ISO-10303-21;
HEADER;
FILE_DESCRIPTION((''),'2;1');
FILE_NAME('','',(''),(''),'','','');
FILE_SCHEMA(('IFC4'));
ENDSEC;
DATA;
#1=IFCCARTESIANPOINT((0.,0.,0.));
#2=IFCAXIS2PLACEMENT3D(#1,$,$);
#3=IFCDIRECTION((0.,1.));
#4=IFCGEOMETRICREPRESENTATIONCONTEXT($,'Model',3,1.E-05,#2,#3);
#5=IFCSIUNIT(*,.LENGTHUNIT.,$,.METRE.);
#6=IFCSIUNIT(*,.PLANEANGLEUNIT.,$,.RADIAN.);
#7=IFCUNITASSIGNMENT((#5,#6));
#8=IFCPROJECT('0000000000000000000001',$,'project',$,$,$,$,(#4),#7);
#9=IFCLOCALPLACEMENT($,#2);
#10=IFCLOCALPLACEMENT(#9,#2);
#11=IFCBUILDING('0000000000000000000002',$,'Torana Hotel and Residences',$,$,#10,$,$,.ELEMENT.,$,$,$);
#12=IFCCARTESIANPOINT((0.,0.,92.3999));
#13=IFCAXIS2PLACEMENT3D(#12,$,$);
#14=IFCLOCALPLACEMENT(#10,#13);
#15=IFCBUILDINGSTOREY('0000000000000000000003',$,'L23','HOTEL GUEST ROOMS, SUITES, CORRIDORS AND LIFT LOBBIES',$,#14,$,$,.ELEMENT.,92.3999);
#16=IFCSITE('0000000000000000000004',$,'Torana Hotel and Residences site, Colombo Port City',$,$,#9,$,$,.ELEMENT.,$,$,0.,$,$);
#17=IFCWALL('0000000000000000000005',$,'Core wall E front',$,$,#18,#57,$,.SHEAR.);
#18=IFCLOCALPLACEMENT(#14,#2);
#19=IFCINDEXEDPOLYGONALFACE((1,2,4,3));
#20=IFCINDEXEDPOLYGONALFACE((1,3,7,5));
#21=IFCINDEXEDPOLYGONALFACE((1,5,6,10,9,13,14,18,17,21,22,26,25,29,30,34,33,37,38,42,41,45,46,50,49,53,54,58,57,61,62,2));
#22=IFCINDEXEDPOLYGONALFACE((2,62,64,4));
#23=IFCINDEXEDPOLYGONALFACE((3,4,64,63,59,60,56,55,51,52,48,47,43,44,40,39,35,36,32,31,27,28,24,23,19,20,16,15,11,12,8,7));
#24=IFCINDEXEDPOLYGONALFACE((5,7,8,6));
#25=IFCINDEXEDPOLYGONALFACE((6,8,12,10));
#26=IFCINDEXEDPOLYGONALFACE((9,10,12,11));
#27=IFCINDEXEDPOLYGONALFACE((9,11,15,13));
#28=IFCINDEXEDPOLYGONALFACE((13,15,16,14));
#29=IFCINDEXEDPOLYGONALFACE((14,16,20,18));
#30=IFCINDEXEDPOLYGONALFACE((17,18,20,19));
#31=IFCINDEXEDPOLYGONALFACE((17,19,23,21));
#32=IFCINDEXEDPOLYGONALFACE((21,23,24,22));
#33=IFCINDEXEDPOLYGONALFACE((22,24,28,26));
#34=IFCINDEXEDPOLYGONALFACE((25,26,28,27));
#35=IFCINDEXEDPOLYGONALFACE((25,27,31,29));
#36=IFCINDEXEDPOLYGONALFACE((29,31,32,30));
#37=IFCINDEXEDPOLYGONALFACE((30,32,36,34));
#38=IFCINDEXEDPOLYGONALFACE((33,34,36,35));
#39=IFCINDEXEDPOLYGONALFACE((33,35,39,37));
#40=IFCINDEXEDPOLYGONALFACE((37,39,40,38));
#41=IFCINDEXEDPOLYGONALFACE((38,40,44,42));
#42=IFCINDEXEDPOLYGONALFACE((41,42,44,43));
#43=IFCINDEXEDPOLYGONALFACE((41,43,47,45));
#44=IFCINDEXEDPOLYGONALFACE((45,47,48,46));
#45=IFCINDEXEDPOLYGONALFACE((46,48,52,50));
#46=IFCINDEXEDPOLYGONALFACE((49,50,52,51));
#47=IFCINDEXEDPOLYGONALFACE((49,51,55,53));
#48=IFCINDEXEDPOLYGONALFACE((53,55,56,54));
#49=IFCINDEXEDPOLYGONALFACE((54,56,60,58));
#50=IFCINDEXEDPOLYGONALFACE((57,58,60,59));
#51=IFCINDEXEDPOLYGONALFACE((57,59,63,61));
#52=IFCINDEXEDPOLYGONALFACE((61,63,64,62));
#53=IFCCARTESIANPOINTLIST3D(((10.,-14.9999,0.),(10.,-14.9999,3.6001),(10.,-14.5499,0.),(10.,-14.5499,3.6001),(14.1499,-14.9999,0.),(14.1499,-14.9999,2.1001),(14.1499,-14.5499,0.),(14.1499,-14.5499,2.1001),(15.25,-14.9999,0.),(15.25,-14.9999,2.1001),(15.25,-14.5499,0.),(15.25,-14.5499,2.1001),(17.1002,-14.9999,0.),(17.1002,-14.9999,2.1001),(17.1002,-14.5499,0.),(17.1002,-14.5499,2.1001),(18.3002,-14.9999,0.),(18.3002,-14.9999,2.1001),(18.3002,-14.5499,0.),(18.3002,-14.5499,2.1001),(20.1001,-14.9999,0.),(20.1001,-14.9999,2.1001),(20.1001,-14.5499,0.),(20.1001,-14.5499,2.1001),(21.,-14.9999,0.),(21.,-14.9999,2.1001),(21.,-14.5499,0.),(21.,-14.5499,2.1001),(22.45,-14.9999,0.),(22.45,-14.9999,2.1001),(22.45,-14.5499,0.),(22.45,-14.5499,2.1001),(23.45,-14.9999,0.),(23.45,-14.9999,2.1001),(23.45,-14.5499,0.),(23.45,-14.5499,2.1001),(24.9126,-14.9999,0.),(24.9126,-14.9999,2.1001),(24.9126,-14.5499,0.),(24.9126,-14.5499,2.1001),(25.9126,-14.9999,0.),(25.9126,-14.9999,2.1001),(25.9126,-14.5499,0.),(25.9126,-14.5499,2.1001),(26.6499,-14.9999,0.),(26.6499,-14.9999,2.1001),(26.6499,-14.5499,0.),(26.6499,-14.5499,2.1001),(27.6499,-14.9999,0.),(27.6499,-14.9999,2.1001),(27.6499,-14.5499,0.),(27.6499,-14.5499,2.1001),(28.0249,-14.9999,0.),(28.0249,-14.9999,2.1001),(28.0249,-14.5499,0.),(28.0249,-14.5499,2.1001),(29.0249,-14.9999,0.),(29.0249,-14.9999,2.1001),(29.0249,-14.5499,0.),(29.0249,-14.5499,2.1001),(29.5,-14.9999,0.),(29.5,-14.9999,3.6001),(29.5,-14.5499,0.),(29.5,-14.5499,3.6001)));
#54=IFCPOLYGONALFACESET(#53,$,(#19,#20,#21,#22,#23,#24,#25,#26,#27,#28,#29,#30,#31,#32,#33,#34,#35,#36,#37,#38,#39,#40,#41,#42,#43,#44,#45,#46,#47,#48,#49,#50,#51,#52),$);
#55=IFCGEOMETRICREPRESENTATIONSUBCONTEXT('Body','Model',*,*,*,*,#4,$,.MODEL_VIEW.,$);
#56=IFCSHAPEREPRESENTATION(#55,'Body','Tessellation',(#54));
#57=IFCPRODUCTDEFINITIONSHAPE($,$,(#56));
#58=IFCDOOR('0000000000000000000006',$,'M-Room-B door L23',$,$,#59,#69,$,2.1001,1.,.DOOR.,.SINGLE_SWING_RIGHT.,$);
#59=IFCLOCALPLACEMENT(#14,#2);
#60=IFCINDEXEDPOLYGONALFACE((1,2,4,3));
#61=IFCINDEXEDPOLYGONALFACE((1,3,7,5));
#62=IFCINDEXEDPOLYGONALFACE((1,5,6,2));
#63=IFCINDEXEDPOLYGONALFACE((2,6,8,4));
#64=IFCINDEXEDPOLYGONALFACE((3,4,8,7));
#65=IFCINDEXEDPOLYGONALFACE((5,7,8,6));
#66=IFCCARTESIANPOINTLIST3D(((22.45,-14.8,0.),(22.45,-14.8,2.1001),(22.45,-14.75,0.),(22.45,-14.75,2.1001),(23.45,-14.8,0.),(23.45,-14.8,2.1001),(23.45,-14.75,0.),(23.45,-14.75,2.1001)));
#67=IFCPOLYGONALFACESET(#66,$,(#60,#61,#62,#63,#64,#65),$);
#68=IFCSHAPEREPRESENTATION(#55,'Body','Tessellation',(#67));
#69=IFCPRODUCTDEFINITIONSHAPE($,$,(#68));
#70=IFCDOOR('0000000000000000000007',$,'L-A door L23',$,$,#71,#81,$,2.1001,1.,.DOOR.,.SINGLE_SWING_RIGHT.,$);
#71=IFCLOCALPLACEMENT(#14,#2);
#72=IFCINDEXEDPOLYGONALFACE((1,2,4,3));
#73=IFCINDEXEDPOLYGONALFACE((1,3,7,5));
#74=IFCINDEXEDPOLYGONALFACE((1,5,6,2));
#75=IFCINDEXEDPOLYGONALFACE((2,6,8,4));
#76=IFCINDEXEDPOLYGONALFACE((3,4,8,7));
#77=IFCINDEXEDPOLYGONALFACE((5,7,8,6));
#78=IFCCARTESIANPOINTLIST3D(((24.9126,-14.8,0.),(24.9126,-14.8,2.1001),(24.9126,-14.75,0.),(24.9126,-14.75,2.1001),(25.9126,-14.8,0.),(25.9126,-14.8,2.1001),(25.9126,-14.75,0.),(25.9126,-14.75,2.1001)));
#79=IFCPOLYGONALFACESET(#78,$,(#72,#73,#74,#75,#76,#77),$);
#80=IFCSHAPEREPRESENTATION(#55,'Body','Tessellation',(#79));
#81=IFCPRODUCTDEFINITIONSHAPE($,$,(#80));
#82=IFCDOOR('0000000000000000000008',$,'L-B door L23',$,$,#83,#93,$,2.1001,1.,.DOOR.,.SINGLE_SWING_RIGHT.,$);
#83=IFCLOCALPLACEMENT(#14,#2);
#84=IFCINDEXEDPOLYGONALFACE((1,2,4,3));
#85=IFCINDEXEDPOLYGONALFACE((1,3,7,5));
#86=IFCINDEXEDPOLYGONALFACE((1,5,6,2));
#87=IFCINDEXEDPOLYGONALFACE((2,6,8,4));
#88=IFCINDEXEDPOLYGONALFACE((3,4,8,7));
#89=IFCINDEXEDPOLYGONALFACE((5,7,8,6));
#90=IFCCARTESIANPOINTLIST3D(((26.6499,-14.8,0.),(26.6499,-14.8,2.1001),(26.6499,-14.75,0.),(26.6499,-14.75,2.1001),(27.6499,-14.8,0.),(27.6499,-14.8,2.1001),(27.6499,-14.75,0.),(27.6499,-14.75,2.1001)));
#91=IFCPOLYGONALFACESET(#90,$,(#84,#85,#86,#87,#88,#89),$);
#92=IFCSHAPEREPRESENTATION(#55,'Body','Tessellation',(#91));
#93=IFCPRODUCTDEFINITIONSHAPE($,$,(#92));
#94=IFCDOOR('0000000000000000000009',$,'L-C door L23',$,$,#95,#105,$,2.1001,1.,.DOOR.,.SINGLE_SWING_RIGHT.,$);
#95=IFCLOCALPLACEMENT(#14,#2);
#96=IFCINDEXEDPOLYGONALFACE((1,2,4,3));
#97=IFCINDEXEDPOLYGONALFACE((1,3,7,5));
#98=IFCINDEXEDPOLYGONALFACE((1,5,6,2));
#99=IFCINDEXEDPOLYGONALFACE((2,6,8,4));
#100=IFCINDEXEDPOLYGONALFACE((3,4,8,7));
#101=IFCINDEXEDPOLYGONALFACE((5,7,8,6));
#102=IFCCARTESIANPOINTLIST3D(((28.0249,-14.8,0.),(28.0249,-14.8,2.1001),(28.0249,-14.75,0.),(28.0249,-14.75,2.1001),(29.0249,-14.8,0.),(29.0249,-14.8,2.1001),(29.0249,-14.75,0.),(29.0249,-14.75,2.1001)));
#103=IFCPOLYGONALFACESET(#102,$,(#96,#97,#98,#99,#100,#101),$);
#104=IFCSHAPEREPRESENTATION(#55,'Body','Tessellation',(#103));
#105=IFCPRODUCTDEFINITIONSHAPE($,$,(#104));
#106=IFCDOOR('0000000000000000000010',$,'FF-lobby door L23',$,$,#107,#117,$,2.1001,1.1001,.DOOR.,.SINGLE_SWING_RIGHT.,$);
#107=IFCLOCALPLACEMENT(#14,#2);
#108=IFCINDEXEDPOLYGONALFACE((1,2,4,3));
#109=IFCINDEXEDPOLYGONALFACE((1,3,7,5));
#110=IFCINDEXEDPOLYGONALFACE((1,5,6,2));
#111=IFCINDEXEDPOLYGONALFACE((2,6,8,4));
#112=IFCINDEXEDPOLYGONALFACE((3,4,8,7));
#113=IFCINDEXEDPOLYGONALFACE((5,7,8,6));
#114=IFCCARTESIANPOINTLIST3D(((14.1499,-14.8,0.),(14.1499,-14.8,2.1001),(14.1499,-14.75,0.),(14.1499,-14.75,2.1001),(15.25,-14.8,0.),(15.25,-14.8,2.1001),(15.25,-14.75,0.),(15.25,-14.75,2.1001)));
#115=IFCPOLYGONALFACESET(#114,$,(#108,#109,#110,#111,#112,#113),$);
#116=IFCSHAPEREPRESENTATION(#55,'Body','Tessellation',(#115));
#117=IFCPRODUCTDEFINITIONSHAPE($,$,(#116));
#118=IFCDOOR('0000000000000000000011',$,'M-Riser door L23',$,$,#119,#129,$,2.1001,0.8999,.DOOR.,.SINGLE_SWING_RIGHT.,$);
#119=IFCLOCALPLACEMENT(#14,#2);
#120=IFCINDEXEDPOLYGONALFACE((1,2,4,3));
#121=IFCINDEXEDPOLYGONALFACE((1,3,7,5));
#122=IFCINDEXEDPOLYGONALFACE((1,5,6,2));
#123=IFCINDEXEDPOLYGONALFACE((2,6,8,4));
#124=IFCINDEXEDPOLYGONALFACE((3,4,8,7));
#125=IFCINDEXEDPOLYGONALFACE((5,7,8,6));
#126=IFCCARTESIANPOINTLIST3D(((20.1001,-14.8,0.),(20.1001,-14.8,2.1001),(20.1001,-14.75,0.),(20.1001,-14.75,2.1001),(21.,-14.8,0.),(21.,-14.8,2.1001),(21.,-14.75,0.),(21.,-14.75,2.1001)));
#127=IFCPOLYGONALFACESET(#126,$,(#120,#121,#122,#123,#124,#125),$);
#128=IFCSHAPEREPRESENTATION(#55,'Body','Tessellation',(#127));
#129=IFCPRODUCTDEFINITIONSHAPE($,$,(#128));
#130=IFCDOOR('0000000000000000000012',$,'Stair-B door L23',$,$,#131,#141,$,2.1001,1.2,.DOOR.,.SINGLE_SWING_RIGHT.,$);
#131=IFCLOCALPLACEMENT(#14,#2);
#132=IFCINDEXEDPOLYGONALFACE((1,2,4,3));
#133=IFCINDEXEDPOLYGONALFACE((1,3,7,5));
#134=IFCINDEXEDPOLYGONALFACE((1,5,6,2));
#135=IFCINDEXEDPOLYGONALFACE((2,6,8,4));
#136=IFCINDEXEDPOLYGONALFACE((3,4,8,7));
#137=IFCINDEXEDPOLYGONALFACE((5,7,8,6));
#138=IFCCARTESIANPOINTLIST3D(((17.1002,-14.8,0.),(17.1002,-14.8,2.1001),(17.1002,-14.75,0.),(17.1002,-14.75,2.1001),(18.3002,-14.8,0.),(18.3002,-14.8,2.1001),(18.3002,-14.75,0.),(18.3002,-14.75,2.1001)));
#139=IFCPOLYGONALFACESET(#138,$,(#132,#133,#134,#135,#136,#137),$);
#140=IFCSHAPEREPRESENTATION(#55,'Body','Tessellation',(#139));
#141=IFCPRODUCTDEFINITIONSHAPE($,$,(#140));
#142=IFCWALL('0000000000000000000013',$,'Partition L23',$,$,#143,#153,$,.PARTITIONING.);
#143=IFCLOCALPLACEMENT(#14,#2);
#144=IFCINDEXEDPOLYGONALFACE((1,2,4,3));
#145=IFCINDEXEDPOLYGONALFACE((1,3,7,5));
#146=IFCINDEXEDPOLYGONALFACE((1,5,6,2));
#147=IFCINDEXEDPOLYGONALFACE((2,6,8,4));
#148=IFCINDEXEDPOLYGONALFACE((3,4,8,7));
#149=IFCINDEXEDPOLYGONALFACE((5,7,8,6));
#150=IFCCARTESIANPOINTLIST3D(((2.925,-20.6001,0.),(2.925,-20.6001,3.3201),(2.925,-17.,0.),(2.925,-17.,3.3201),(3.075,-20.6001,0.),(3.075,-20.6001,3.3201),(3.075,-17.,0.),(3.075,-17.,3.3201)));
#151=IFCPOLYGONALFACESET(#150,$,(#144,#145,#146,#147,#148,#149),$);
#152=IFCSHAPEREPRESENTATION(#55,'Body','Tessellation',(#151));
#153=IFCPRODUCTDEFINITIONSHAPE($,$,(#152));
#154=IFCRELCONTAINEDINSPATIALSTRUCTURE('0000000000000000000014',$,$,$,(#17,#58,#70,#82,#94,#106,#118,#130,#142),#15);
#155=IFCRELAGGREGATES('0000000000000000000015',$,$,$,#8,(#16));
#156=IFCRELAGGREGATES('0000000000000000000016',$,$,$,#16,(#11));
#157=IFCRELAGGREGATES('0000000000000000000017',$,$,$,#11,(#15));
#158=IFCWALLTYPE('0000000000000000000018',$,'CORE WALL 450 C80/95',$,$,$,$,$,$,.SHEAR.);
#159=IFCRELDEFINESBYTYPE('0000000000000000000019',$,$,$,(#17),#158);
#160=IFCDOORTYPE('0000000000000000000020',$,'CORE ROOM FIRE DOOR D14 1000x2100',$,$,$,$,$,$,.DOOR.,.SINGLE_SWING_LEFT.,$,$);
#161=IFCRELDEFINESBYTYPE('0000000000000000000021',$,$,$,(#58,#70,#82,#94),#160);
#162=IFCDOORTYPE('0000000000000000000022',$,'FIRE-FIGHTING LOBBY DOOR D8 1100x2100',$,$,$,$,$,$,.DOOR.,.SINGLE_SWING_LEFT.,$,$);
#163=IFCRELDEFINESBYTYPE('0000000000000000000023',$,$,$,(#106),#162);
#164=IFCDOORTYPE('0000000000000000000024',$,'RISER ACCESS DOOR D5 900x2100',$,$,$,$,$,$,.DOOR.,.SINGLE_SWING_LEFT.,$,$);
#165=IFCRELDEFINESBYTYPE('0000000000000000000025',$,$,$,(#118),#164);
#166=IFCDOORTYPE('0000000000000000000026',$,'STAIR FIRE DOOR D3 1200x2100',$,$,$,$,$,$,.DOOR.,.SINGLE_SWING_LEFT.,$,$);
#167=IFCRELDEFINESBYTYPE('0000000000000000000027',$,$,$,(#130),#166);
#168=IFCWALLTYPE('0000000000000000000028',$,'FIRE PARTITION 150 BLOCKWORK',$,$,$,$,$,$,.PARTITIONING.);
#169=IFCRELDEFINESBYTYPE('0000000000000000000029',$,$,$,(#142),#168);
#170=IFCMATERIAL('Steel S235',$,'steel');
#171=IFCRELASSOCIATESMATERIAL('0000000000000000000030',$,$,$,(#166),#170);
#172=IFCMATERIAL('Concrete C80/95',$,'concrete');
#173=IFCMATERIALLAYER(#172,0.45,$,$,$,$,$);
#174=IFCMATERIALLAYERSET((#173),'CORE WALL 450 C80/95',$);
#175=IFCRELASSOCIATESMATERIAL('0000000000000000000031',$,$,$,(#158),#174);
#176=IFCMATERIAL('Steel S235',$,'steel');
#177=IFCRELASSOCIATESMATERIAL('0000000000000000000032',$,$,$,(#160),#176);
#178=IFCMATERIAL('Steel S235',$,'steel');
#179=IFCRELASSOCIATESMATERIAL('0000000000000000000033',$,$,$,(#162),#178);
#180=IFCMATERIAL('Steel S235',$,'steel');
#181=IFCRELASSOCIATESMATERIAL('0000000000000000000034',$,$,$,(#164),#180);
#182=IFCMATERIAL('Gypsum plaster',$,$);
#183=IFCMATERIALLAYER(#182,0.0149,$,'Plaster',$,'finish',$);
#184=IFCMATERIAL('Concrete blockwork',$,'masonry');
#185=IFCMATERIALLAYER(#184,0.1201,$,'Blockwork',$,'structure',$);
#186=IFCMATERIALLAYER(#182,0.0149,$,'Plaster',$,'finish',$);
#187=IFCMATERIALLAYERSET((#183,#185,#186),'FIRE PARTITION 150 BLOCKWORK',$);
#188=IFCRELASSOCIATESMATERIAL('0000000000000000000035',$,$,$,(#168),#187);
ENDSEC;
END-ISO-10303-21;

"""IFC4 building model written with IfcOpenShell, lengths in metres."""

from ifc_helpers import new_model, si_unit, direction, frame, frame_2d, origin, place, context, subcontext, project, spatial, rectangle, extrude, material, layer, layer_set, type_object, element, fill, save


model = new_model("IFC4")

# Units and contexts
model_context = context("Model", 3, precision=1e-05, world=origin(), true_north=direction((0.0, 1.0)))
body_context = subcontext(model_context, "Body", "Model", "MODEL_VIEW")
ifc_project = project(units=[si_unit("LENGTHUNIT", "METRE"), si_unit("PLANEANGLEUNIT", "RADIAN")], contexts=[model_context])

# Site, building, storey
site_placement = place(None, origin())
site = spatial("IfcSite", under=ifc_project, at=site_placement, Name="Torana Hotel and Residences site, Colombo Port City", CompositionType="ELEMENT", RefElevation=0.0)
building_placement = place(site_placement, origin())
building = spatial("IfcBuilding", under=site, at=building_placement, Name="Torana Hotel and Residences", CompositionType="ELEMENT")
storey_placement = place(building_placement, frame((0.0, 0.0, 92.3999)))
storey = spatial("IfcBuildingStorey", under=building, at=storey_placement, Name="L23", Description="HOTEL GUEST ROOMS, SUITES, CORRIDORS AND LIFT LOBBIES", CompositionType="ELEMENT", Elevation=92.3999)

# Wall, openings, doors
ifc_material_1 = material(Name="Steel S235", Category="steel")
door_type_1 = type_object("IfcDoorType", Name="STAIR FIRE DOOR D3 1200x2100", OperationType="SINGLE_SWING_LEFT", PredefinedType="DOOR", material=ifc_material_1)
ifc_material_2 = material(Name="Concrete C80/95", Category="concrete")
ifc_layer_1 = layer(ifc_material_2, 0.45)
ifc_layer_set_1 = layer_set([ifc_layer_1], Name="CORE WALL 450 C80/95")
wall_type_1 = type_object("IfcWallType", Name="CORE WALL 450 C80/95", PredefinedType="SHEAR", material=ifc_layer_set_1)
wall_1_placement = place(storey_placement, frame((10.0, -14.7749, 0.0), z_axis=(0.0, 0.0, 1.0), x_axis=(1.0, 0.0, 0.0)))
wall_1 = element("IfcWall", 1, at=wall_1_placement, inside=storey, type_object=wall_type_1, Name="Core wall E front", PredefinedType="SHEAR", context=body_context, shape_type="SweptSolid", body=[
    extrude(rectangle(XDim=19.5, YDim=0.45, at=frame_2d((9.75, 0.0))), origin(), (0.0, 0.0, 1.0), 3.6001),
])
opening_1_placement = place(wall_1_placement, frame((7.1001, 0.0, 0.0)))
opening_1 = element("IfcOpeningElement", 2, at=opening_1_placement, cuts=wall_1, PredefinedType="OPENING", context=body_context, shape_type="SweptSolid", body=[
    extrude(rectangle(XDim=1.2, YDim=2.1001, at=frame_2d((0.6001, 1.05))), frame((0.0, 0.2349, 0.0), z_axis=(0.0, -1.0, 0.0), x_axis=(1.0, 0.0, 0.0)), (0.0, 0.0, 1.0), 0.47),
])
opening_2_placement = place(wall_1_placement, frame((4.1499, 0.0, 0.0)))
opening_2 = element("IfcOpeningElement", 3, at=opening_2_placement, cuts=wall_1, PredefinedType="OPENING", context=body_context, shape_type="SweptSolid", body=[
    extrude(rectangle(XDim=1.1001, YDim=2.1001, at=frame_2d((0.55, 1.05))), frame((0.0, 0.2349, 0.0), z_axis=(0.0, -1.0, 0.0), x_axis=(1.0, 0.0, 0.0)), (0.0, 0.0, 1.0), 0.47),
])
opening_3_placement = place(wall_1_placement, frame((10.1001, 0.0, 0.0)))
opening_3 = element("IfcOpeningElement", 4, at=opening_3_placement, cuts=wall_1, PredefinedType="OPENING", context=body_context, shape_type="SweptSolid", body=[
    extrude(rectangle(XDim=0.8999, YDim=2.1001, at=frame_2d((0.45, 1.05))), frame((0.0, 0.2349, 0.0), z_axis=(0.0, -1.0, 0.0), x_axis=(1.0, 0.0, 0.0)), (0.0, 0.0, 1.0), 0.47),
])
opening_4_placement = place(wall_1_placement, frame((12.45, 0.0, 0.0)))
opening_4 = element("IfcOpeningElement", 5, at=opening_4_placement, cuts=wall_1, PredefinedType="OPENING", context=body_context, shape_type="SweptSolid", body=[
    extrude(rectangle(XDim=1.0, YDim=2.1001, at=frame_2d((0.5, 1.05))), frame((0.0, 0.2349, 0.0), z_axis=(0.0, -1.0, 0.0), x_axis=(1.0, 0.0, 0.0)), (0.0, 0.0, 1.0), 0.47),
])
opening_5_placement = place(wall_1_placement, frame((14.9126, 0.0, 0.0)))
opening_5 = element("IfcOpeningElement", 6, at=opening_5_placement, cuts=wall_1, PredefinedType="OPENING", context=body_context, shape_type="SweptSolid", body=[
    extrude(rectangle(XDim=1.0, YDim=2.1001, at=frame_2d((0.5, 1.05))), frame((0.0, 0.2349, 0.0), z_axis=(0.0, -1.0, 0.0), x_axis=(1.0, 0.0, 0.0)), (0.0, 0.0, 1.0), 0.47),
])
opening_6_placement = place(wall_1_placement, frame((16.6499, 0.0, 0.0)))
opening_6 = element("IfcOpeningElement", 7, at=opening_6_placement, cuts=wall_1, PredefinedType="OPENING", context=body_context, shape_type="SweptSolid", body=[
    extrude(rectangle(XDim=1.0, YDim=2.1001, at=frame_2d((0.5, 1.05))), frame((0.0, 0.2349, 0.0), z_axis=(0.0, -1.0, 0.0), x_axis=(1.0, 0.0, 0.0)), (0.0, 0.0, 1.0), 0.47),
])
opening_7_placement = place(wall_1_placement, frame((18.0249, 0.0, 0.0)))
opening_7 = element("IfcOpeningElement", 8, at=opening_7_placement, cuts=wall_1, PredefinedType="OPENING", context=body_context, shape_type="SweptSolid", body=[
    extrude(rectangle(XDim=1.0, YDim=2.1001, at=frame_2d((0.5, 1.05))), frame((0.0, 0.2349, 0.0), z_axis=(0.0, -1.0, 0.0), x_axis=(1.0, 0.0, 0.0)), (0.0, 0.0, 1.0), 0.47),
])
ifc_material_3 = material(Name="Steel S235", Category="steel")
door_type_2 = type_object("IfcDoorType", Name="CORE ROOM FIRE DOOR D14 1000x2100", OperationType="SINGLE_SWING_LEFT", PredefinedType="DOOR", material=ifc_material_3)
door_1_placement = place(opening_4_placement, origin())
door_1 = element("IfcDoor", 9, at=door_1_placement, inside=storey, type_object=door_type_2, Name="M-Room-B door L23", OperationType="SINGLE_SWING_RIGHT", OverallHeight=2.1001, OverallWidth=1.0, PredefinedType="DOOR", context=body_context, shape_type="SweptSolid", body=[
    extrude(rectangle(XDim=1.0, YDim=2.1001, at=frame_2d((0.5, 1.05))), frame((0.0, 0.0249, 0.0), z_axis=(0.0, -1.0, 0.0), x_axis=(1.0, 0.0, 0.0)), (0.0, 0.0, 1.0), 0.05),
])
fill(opening_4, door_1)
door_2_placement = place(opening_5_placement, origin())
door_2 = element("IfcDoor", 10, at=door_2_placement, inside=storey, type_object=door_type_2, Name="L-A door L23", OperationType="SINGLE_SWING_RIGHT", OverallHeight=2.1001, OverallWidth=1.0, PredefinedType="DOOR", context=body_context, shape_type="SweptSolid", body=[
    extrude(rectangle(XDim=1.0, YDim=2.1001, at=frame_2d((0.5, 1.05))), frame((0.0, 0.0249, 0.0), z_axis=(0.0, -1.0, 0.0), x_axis=(1.0, 0.0, 0.0)), (0.0, 0.0, 1.0), 0.05),
])
fill(opening_5, door_2)
door_3_placement = place(opening_6_placement, origin())
door_3 = element("IfcDoor", 11, at=door_3_placement, inside=storey, type_object=door_type_2, Name="L-B door L23", OperationType="SINGLE_SWING_RIGHT", OverallHeight=2.1001, OverallWidth=1.0, PredefinedType="DOOR", context=body_context, shape_type="SweptSolid", body=[
    extrude(rectangle(XDim=1.0, YDim=2.1001, at=frame_2d((0.5, 1.05))), frame((0.0, 0.0249, 0.0), z_axis=(0.0, -1.0, 0.0), x_axis=(1.0, 0.0, 0.0)), (0.0, 0.0, 1.0), 0.05),
])
fill(opening_6, door_3)
door_4_placement = place(opening_7_placement, origin())
door_4 = element("IfcDoor", 12, at=door_4_placement, inside=storey, type_object=door_type_2, Name="L-C door L23", OperationType="SINGLE_SWING_RIGHT", OverallHeight=2.1001, OverallWidth=1.0, PredefinedType="DOOR", context=body_context, shape_type="SweptSolid", body=[
    extrude(rectangle(XDim=1.0, YDim=2.1001, at=frame_2d((0.5, 1.05))), frame((0.0, 0.0249, 0.0), z_axis=(0.0, -1.0, 0.0), x_axis=(1.0, 0.0, 0.0)), (0.0, 0.0, 1.0), 0.05),
])
fill(opening_7, door_4)
ifc_material_4 = material(Name="Steel S235", Category="steel")
door_type_3 = type_object("IfcDoorType", Name="FIRE-FIGHTING LOBBY DOOR D8 1100x2100", OperationType="SINGLE_SWING_LEFT", PredefinedType="DOOR", material=ifc_material_4)
door_5_placement = place(opening_2_placement, origin())
door_5 = element("IfcDoor", 13, at=door_5_placement, inside=storey, type_object=door_type_3, Name="FF-lobby door L23", OperationType="SINGLE_SWING_RIGHT", OverallHeight=2.1001, OverallWidth=1.1001, PredefinedType="DOOR", context=body_context, shape_type="SweptSolid", body=[
    extrude(rectangle(XDim=1.1001, YDim=2.1001, at=frame_2d((0.55, 1.05))), frame((0.0, 0.0249, 0.0), z_axis=(0.0, -1.0, 0.0), x_axis=(1.0, 0.0, 0.0)), (0.0, 0.0, 1.0), 0.05),
])
fill(opening_2, door_5)
ifc_material_5 = material(Name="Steel S235", Category="steel")
door_type_4 = type_object("IfcDoorType", Name="RISER ACCESS DOOR D5 900x2100", OperationType="SINGLE_SWING_LEFT", PredefinedType="DOOR", material=ifc_material_5)
door_6_placement = place(opening_3_placement, origin())
door_6 = element("IfcDoor", 14, at=door_6_placement, inside=storey, type_object=door_type_4, Name="M-Riser door L23", OperationType="SINGLE_SWING_RIGHT", OverallHeight=2.1001, OverallWidth=0.8999, PredefinedType="DOOR", context=body_context, shape_type="SweptSolid", body=[
    extrude(rectangle(XDim=0.8999, YDim=2.1001, at=frame_2d((0.45, 1.05))), frame((0.0, 0.0249, 0.0), z_axis=(0.0, -1.0, 0.0), x_axis=(1.0, 0.0, 0.0)), (0.0, 0.0, 1.0), 0.05),
])
fill(opening_3, door_6)
door_7_placement = place(opening_1_placement, origin())
door_7 = element("IfcDoor", 15, at=door_7_placement, inside=storey, type_object=door_type_1, Name="Stair-B door L23", OperationType="SINGLE_SWING_RIGHT", OverallHeight=2.1001, OverallWidth=1.2, PredefinedType="DOOR", context=body_context, shape_type="SweptSolid", body=[
    extrude(rectangle(XDim=1.2, YDim=2.1001, at=frame_2d((0.6001, 1.05))), frame((0.0, 0.0249, 0.0), z_axis=(0.0, -1.0, 0.0), x_axis=(1.0, 0.0, 0.0)), (0.0, 0.0, 1.0), 0.05),
])
fill(opening_1, door_7)

# Wall
ifc_material_6 = material(Name="Gypsum plaster")
ifc_layer_2 = layer(ifc_material_6, 0.0149, Name="Plaster", Category="finish")
ifc_material_7 = material(Name="Concrete blockwork", Category="masonry")
ifc_layer_3 = layer(ifc_material_7, 0.1201, Name="Blockwork", Category="structure")
ifc_layer_4 = layer(ifc_material_6, 0.0149, Name="Plaster", Category="finish")
ifc_layer_set_2 = layer_set([ifc_layer_2, ifc_layer_3, ifc_layer_4], Name="FIRE PARTITION 150 BLOCKWORK")
wall_type_2 = type_object("IfcWallType", Name="FIRE PARTITION 150 BLOCKWORK", PredefinedType="PARTITIONING", material=ifc_layer_set_2)
wall_2_placement = place(storey_placement, frame((3.0, -20.6001, 0.0), z_axis=(0.0, 0.0, 1.0), x_axis=(0.0, 1.0, 0.0)))
element("IfcWall", 16, at=wall_2_placement, inside=storey, type_object=wall_type_2, Name="Partition L23", PredefinedType="PARTITIONING", context=body_context, shape_type="SweptSolid", body=[
    extrude(rectangle(XDim=3.6001, YDim=0.1499, at=frame_2d((1.8, 0.0))), origin(), (0.0, 0.0, 1.0), 3.3201),
])

save(model, "model.ifc")
